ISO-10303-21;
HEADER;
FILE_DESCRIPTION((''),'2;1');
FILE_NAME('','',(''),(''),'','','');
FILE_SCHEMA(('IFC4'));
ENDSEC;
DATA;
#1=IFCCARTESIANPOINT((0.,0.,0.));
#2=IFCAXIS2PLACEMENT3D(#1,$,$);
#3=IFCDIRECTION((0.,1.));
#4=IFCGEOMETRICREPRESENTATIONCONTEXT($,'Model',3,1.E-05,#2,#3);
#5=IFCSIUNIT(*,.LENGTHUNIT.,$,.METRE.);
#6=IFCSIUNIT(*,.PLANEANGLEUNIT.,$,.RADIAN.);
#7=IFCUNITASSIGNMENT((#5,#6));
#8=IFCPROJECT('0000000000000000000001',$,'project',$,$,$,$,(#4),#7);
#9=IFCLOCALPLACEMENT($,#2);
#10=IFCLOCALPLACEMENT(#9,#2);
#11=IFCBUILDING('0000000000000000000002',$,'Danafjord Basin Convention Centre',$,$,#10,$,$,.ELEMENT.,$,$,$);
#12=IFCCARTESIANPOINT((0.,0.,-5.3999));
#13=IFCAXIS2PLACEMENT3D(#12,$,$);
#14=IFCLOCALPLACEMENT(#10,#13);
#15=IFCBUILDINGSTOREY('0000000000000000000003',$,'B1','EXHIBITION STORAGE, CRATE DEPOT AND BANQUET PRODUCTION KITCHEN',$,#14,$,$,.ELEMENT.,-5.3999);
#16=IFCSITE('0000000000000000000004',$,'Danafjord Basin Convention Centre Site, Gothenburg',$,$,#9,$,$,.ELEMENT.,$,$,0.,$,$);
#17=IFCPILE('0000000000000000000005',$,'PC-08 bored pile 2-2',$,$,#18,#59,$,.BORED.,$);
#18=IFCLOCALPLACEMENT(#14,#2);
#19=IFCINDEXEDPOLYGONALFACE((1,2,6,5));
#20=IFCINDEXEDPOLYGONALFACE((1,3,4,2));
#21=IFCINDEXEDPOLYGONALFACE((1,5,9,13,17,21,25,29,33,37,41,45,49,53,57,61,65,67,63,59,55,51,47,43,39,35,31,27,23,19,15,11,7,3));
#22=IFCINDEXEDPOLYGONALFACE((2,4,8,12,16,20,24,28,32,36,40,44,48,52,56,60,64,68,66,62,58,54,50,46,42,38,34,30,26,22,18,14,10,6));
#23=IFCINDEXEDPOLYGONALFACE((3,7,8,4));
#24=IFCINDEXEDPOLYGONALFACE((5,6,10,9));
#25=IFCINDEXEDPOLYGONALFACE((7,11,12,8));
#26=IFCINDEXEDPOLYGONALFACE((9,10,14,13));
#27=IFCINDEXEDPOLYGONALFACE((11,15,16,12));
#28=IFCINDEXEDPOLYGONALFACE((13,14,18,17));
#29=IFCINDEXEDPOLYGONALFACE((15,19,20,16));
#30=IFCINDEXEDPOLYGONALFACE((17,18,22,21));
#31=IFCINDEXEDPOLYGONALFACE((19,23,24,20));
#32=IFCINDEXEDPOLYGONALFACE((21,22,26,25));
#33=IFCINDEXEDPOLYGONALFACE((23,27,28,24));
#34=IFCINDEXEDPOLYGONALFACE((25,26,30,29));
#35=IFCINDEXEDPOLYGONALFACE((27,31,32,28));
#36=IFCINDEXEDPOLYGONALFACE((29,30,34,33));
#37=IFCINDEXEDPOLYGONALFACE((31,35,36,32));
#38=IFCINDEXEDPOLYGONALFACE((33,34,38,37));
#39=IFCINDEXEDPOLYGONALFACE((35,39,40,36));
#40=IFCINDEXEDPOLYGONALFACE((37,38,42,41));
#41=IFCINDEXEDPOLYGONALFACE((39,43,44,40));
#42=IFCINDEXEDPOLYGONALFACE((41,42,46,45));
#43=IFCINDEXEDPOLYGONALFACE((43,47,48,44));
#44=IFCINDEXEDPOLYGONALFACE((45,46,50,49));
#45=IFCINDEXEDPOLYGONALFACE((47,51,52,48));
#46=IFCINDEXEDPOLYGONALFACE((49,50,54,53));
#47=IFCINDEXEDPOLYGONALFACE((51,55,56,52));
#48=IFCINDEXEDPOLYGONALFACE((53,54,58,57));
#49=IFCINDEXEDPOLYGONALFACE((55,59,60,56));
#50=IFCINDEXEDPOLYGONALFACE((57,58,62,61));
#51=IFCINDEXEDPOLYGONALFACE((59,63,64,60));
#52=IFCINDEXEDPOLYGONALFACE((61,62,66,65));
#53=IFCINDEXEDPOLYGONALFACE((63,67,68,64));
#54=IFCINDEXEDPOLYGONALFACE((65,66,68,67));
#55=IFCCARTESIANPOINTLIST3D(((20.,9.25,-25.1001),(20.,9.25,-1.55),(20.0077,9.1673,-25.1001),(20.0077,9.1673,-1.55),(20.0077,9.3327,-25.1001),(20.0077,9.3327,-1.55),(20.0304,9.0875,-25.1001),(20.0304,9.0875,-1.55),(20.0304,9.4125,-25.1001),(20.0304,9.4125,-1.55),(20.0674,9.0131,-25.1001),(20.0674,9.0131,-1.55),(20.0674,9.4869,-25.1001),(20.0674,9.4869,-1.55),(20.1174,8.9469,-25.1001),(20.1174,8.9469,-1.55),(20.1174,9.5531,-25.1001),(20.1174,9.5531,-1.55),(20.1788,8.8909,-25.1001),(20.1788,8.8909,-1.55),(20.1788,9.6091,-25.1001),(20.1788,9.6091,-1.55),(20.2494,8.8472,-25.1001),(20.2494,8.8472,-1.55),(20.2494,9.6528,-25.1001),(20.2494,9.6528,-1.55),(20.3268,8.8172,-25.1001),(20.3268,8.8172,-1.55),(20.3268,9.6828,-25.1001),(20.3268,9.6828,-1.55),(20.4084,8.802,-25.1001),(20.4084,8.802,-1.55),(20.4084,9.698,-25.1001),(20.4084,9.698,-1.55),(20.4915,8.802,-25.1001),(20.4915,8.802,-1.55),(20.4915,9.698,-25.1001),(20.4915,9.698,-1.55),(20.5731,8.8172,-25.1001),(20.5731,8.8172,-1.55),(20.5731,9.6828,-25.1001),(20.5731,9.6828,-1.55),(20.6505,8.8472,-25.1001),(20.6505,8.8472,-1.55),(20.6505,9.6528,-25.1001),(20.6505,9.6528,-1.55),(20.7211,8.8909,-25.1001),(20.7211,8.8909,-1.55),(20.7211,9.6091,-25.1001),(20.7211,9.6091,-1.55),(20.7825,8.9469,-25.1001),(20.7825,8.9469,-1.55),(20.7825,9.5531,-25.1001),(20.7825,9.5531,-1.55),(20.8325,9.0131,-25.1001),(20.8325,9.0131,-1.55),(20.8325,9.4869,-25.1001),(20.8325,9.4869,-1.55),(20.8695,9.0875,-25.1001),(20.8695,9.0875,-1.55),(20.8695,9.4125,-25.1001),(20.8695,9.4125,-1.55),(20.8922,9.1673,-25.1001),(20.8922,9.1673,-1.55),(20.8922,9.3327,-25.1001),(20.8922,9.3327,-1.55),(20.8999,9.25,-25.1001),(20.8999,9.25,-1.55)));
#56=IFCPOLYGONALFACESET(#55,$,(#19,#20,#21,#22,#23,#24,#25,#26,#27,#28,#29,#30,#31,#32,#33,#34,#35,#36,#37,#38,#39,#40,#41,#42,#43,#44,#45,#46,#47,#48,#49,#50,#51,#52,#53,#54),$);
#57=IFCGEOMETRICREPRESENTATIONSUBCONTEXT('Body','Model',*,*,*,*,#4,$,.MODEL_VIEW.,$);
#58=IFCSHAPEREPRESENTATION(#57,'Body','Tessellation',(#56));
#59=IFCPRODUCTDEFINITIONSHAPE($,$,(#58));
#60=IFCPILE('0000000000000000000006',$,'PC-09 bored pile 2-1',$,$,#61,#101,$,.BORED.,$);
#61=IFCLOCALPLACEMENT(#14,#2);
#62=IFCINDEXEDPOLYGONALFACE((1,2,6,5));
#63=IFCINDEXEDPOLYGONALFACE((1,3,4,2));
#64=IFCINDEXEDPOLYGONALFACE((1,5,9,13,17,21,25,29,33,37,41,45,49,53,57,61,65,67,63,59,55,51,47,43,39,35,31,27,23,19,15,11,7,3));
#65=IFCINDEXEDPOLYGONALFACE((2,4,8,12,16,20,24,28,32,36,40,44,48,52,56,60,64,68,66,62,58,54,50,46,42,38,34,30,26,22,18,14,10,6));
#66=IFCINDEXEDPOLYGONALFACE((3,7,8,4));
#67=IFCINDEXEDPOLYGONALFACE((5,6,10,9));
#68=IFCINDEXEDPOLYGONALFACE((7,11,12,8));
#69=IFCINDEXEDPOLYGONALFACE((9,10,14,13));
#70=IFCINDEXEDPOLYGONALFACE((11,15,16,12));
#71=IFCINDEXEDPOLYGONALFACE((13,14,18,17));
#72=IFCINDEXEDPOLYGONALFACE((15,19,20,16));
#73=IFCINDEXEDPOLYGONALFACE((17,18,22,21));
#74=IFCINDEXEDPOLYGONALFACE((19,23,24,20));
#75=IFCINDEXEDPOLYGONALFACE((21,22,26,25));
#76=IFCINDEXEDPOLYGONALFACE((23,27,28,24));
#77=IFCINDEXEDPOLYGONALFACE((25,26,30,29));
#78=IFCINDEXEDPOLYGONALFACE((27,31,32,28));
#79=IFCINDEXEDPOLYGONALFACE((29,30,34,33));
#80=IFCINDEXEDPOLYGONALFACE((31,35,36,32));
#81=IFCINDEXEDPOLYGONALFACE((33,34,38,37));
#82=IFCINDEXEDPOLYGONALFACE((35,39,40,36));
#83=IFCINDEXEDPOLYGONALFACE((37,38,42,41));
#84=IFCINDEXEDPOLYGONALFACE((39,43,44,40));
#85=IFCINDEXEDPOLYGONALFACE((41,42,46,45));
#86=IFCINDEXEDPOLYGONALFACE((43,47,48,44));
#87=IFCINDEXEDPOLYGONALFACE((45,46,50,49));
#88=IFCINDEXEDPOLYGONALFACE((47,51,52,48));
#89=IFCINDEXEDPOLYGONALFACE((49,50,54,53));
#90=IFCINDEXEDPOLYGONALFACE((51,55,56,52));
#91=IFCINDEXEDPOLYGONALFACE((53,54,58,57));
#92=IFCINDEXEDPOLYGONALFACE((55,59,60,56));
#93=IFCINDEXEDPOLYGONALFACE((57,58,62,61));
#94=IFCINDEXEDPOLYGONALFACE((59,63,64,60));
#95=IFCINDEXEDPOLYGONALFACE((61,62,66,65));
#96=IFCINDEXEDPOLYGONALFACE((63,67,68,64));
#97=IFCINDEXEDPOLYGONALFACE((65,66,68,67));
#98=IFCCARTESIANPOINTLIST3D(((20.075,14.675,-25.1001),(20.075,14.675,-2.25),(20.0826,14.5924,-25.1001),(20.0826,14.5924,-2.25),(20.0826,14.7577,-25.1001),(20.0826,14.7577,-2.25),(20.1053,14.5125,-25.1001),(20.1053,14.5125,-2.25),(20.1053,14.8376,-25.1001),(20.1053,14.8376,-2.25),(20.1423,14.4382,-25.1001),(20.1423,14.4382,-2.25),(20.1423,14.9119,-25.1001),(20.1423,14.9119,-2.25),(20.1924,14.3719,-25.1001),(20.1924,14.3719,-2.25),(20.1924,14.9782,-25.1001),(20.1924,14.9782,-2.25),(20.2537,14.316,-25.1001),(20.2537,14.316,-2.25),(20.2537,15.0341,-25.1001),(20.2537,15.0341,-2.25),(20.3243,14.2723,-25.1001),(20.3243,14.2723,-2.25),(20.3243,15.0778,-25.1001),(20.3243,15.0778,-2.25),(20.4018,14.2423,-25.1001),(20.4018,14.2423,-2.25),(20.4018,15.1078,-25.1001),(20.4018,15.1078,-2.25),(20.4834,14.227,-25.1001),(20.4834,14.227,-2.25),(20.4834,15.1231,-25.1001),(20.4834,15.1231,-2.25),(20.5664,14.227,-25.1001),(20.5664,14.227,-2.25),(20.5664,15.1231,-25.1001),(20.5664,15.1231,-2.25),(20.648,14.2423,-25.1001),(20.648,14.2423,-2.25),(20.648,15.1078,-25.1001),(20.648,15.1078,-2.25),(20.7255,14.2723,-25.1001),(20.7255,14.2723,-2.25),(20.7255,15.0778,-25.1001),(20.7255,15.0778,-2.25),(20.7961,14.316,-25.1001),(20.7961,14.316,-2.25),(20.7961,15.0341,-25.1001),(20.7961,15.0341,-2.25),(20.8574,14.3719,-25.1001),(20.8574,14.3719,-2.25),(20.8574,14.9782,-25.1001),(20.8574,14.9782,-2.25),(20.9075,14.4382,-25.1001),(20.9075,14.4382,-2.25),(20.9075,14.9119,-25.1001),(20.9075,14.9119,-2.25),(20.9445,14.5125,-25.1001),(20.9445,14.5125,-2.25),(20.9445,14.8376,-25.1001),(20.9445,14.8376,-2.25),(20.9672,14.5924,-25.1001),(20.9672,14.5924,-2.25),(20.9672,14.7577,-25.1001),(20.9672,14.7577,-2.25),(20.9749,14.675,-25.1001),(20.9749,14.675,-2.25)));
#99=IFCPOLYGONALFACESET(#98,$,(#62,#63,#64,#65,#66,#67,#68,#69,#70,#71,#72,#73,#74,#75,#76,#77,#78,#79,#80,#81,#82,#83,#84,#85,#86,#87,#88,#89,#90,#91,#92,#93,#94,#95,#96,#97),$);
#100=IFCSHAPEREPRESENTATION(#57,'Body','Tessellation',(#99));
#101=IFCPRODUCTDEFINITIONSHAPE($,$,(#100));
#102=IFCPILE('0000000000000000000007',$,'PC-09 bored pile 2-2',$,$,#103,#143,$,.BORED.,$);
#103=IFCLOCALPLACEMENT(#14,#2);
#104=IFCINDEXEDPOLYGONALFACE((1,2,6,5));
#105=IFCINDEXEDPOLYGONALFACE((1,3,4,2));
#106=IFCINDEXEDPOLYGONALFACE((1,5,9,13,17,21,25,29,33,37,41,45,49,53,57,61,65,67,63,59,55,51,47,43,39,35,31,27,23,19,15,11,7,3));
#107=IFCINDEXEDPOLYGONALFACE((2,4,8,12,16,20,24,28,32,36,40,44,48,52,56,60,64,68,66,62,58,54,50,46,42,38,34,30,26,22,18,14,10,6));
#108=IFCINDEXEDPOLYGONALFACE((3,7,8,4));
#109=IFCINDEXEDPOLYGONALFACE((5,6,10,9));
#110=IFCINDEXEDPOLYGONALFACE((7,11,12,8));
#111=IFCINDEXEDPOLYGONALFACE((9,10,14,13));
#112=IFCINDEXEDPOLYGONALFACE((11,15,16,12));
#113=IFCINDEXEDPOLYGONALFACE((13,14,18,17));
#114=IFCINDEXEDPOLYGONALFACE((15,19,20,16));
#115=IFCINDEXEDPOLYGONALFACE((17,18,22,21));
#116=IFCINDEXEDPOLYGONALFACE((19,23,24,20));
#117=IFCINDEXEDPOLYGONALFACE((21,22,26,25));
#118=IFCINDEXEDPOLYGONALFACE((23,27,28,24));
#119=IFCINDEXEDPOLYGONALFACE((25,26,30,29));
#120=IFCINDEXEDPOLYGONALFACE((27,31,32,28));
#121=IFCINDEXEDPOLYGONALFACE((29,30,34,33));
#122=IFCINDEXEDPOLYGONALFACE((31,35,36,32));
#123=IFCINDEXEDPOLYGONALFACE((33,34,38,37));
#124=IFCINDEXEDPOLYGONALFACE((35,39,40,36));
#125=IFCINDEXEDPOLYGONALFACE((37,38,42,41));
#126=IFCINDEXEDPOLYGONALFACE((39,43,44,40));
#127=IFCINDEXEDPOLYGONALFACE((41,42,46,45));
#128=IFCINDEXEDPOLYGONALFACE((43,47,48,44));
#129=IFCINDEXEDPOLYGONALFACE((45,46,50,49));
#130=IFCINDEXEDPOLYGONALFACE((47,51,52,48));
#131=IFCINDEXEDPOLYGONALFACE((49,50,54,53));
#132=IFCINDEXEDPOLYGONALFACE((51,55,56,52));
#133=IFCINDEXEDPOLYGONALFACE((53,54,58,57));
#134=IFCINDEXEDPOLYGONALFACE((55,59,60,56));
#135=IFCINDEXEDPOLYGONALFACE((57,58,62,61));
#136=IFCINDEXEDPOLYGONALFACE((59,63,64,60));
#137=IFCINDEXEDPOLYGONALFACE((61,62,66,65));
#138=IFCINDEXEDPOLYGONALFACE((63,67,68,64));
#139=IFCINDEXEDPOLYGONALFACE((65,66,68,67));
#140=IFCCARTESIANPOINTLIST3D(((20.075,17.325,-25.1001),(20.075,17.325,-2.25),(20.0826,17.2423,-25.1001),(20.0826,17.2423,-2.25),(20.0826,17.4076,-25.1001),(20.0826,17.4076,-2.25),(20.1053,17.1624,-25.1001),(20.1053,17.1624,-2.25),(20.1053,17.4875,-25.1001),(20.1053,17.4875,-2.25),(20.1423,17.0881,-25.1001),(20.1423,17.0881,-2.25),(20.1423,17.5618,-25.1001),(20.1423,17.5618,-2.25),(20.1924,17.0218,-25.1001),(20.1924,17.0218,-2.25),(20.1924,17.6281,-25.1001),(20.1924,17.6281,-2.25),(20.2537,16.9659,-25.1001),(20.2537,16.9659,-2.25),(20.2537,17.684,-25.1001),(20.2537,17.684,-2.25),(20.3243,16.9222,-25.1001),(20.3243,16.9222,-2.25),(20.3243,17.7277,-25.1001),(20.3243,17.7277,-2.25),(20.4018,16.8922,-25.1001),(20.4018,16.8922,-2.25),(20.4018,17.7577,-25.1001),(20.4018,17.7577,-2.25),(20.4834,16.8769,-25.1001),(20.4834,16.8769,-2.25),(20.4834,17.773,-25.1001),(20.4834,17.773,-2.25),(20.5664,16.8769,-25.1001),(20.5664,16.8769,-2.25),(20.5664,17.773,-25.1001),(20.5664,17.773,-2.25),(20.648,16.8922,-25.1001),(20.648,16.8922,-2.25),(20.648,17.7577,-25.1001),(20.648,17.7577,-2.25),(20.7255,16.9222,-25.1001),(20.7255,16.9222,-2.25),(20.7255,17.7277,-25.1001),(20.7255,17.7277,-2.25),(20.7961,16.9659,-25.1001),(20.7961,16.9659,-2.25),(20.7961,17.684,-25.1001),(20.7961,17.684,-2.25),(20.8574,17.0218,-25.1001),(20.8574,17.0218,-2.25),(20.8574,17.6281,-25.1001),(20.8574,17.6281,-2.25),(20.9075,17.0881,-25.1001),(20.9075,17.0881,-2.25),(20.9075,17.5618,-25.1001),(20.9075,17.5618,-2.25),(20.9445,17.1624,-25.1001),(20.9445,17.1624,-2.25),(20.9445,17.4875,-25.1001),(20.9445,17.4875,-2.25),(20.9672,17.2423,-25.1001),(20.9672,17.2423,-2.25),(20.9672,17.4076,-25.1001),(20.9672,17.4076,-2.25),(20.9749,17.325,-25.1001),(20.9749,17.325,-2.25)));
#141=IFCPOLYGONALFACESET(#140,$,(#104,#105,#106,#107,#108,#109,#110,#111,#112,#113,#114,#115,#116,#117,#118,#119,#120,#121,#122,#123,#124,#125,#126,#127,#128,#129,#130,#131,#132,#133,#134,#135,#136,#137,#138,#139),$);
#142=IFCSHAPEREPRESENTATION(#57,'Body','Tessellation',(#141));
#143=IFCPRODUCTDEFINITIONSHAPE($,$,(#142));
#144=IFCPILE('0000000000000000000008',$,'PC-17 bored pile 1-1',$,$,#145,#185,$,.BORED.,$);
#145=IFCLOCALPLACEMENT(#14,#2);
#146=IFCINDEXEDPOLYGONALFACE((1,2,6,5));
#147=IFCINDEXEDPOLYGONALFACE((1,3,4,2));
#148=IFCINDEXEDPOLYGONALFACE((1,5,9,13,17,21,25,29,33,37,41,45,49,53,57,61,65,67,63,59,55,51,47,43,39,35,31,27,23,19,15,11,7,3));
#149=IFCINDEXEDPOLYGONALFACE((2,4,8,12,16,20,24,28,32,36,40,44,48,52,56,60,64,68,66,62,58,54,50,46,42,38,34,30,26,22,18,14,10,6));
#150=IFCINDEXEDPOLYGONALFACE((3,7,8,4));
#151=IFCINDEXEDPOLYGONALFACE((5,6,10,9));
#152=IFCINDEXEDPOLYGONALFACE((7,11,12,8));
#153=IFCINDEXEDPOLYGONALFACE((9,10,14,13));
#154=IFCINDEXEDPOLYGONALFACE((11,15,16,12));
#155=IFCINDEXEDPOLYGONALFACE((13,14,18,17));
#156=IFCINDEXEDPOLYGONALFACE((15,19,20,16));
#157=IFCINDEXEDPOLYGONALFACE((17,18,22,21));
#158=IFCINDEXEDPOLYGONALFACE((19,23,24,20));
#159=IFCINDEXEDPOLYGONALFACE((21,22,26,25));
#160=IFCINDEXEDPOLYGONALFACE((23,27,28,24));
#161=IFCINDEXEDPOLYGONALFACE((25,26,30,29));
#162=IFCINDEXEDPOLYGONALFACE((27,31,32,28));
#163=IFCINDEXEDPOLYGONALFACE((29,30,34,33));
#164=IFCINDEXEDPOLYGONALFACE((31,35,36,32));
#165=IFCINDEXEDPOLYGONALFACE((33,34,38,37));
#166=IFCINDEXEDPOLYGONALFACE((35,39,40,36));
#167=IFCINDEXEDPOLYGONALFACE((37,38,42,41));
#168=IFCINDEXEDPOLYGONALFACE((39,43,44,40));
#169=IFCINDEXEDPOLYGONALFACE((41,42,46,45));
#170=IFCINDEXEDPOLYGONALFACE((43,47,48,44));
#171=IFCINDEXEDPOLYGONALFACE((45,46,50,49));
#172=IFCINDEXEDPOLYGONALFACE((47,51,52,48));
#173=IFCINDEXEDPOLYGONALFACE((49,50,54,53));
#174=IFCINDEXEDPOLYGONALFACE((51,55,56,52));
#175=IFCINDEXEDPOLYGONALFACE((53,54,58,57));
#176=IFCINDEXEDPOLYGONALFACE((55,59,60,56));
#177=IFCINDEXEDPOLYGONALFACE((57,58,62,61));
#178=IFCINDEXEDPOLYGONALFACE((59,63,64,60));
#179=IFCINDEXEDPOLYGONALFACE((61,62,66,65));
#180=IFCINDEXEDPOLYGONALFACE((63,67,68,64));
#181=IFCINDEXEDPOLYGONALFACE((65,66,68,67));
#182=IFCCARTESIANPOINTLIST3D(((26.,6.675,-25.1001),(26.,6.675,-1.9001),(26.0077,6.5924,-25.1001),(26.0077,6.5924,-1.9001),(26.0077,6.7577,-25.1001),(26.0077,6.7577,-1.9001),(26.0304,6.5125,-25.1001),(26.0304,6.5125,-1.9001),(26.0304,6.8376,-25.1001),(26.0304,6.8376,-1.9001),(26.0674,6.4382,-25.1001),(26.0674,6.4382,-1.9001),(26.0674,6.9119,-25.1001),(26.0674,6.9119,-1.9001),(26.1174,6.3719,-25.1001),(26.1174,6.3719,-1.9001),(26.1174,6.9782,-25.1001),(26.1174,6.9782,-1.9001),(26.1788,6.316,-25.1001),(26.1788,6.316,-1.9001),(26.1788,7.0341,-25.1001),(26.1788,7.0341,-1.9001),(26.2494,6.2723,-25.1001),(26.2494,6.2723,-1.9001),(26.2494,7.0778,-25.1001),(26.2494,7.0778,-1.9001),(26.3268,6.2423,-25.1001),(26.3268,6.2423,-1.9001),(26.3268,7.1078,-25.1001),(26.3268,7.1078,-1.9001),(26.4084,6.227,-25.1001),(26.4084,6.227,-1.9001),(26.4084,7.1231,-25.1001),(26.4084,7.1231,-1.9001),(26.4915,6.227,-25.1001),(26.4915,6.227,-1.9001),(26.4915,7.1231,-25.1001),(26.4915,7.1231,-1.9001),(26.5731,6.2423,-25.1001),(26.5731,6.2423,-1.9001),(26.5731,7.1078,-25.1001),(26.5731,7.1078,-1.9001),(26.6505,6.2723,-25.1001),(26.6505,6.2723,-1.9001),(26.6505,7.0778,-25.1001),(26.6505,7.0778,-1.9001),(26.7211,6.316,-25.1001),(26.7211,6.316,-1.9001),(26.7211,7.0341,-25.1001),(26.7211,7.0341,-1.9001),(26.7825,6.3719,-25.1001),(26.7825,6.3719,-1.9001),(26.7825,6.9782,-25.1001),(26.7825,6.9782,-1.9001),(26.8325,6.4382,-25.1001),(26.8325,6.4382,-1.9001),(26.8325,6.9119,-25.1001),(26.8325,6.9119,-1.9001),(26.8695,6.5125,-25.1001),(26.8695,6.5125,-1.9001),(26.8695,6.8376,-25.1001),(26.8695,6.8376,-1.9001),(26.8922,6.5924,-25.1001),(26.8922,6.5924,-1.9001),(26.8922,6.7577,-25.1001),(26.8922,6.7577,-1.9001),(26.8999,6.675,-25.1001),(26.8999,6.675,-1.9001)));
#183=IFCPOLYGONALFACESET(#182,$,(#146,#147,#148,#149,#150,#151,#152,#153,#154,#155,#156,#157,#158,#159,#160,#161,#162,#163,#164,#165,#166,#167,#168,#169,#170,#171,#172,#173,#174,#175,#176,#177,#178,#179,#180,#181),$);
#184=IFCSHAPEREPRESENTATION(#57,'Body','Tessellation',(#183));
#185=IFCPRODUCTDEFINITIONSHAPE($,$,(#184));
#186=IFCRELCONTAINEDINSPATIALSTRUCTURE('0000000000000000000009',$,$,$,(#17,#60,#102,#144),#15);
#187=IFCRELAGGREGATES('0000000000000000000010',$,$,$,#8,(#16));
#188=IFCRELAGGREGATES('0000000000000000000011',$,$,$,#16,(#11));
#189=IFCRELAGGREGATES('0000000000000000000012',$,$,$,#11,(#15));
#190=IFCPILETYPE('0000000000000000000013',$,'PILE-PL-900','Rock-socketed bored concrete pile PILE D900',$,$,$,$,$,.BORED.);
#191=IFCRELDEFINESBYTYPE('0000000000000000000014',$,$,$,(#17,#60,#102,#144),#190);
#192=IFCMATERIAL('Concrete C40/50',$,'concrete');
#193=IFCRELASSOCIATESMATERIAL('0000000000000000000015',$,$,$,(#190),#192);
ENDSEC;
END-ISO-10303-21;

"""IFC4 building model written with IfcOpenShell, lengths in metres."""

from ifc_helpers import new_model, si_unit, direction, frame, origin, origin_2d, place, context, subcontext, project, spatial, circle, extrude, material, material_profile, profile_set, type_object, element, save


model = new_model("IFC4")

# Units and contexts
model_context = context("Model", 3, precision=1e-05, world=origin(), true_north=direction((0.0, 1.0)))
body_context = subcontext(model_context, "Body", "Model", "MODEL_VIEW")
ifc_project = project(units=[si_unit("LENGTHUNIT", "METRE"), si_unit("PLANEANGLEUNIT", "RADIAN")], contexts=[model_context])

# Site, building, storey
site_placement = place(None, origin())
site = spatial("IfcSite", under=ifc_project, at=site_placement, Name="Danafjord Basin Convention Centre Site, Gothenburg", CompositionType="ELEMENT", RefElevation=0.0)
building_placement = place(site_placement, origin())
building = spatial("IfcBuilding", under=site, at=building_placement, Name="Danafjord Basin Convention Centre", CompositionType="ELEMENT")
storey_placement = place(building_placement, frame((0.0, 0.0, -5.3999)))
storey = spatial("IfcBuildingStorey", under=building, at=storey_placement, Name="B1", Description="EXHIBITION STORAGE, CRATE DEPOT AND BANQUET PRODUCTION KITCHEN", CompositionType="ELEMENT", Elevation=-5.3999)

# Shared definitions
ifc_material_1 = material(Name="Concrete C40/50", Category="concrete")

# Piles
ifc_material_profile_1 = material_profile(ifc_material_1, circle(Radius=0.45, at=origin_2d()), Name="PILE D900")
ifc_profile_set_1 = profile_set([ifc_material_profile_1], Name="Concrete C40/50")
pile_type_1 = type_object("IfcPileType", Name="PILE-PL-900", Description="Rock-socketed bored concrete pile PILE D900", PredefinedType="BORED", material=ifc_profile_set_1)
for number, where, z_axis, x_axis, name in (
    (1, (20.45, 9.25, -1.55), (0.0, 0.0, -1.0), (1.0, 0.0, 0.0), "PC-08 bored pile 2-2"),
):
    element("IfcPile", number, at=place(storey_placement, frame(where, z_axis=z_axis, x_axis=x_axis)), inside=storey, type_object=pile_type_1, Name=name, PredefinedType="BORED", context=body_context, shape_type="SweptSolid", body=[
        extrude(circle(Radius=0.45, at=origin_2d()), origin(), (0.0, 0.0, 1.0), 23.55),
    ])
for number, where, z_axis, x_axis, name in (
    (2, (20.5249, 14.675, -2.25), (0.0, 0.0, -1.0), (1.0, 0.0, 0.0), "PC-09 bored pile 2-1"),
    (3, (20.5249, 17.325, -2.25), (0.0, 0.0, -1.0), (1.0, 0.0, 0.0), "PC-09 bored pile 2-2"),
):
    element("IfcPile", number, at=place(storey_placement, frame(where, z_axis=z_axis, x_axis=x_axis)), inside=storey, type_object=pile_type_1, Name=name, PredefinedType="BORED", context=body_context, shape_type="SweptSolid", body=[
        extrude(circle(Radius=0.45, at=origin_2d()), origin(), (0.0, 0.0, 1.0), 22.8501),
    ])
for number, where, z_axis, x_axis, name in (
    (4, (26.45, 6.675, -1.9001), (0.0, 0.0, -1.0), (1.0, 0.0, 0.0), "PC-17 bored pile 1-1"),
):
    element("IfcPile", number, at=place(storey_placement, frame(where, z_axis=z_axis, x_axis=x_axis)), inside=storey, type_object=pile_type_1, Name=name, PredefinedType="BORED", context=body_context, shape_type="SweptSolid", body=[
        extrude(circle(Radius=0.45, at=origin_2d()), origin(), (0.0, 0.0, 1.0), 23.2),
    ])

save(model, "model.ifc")
